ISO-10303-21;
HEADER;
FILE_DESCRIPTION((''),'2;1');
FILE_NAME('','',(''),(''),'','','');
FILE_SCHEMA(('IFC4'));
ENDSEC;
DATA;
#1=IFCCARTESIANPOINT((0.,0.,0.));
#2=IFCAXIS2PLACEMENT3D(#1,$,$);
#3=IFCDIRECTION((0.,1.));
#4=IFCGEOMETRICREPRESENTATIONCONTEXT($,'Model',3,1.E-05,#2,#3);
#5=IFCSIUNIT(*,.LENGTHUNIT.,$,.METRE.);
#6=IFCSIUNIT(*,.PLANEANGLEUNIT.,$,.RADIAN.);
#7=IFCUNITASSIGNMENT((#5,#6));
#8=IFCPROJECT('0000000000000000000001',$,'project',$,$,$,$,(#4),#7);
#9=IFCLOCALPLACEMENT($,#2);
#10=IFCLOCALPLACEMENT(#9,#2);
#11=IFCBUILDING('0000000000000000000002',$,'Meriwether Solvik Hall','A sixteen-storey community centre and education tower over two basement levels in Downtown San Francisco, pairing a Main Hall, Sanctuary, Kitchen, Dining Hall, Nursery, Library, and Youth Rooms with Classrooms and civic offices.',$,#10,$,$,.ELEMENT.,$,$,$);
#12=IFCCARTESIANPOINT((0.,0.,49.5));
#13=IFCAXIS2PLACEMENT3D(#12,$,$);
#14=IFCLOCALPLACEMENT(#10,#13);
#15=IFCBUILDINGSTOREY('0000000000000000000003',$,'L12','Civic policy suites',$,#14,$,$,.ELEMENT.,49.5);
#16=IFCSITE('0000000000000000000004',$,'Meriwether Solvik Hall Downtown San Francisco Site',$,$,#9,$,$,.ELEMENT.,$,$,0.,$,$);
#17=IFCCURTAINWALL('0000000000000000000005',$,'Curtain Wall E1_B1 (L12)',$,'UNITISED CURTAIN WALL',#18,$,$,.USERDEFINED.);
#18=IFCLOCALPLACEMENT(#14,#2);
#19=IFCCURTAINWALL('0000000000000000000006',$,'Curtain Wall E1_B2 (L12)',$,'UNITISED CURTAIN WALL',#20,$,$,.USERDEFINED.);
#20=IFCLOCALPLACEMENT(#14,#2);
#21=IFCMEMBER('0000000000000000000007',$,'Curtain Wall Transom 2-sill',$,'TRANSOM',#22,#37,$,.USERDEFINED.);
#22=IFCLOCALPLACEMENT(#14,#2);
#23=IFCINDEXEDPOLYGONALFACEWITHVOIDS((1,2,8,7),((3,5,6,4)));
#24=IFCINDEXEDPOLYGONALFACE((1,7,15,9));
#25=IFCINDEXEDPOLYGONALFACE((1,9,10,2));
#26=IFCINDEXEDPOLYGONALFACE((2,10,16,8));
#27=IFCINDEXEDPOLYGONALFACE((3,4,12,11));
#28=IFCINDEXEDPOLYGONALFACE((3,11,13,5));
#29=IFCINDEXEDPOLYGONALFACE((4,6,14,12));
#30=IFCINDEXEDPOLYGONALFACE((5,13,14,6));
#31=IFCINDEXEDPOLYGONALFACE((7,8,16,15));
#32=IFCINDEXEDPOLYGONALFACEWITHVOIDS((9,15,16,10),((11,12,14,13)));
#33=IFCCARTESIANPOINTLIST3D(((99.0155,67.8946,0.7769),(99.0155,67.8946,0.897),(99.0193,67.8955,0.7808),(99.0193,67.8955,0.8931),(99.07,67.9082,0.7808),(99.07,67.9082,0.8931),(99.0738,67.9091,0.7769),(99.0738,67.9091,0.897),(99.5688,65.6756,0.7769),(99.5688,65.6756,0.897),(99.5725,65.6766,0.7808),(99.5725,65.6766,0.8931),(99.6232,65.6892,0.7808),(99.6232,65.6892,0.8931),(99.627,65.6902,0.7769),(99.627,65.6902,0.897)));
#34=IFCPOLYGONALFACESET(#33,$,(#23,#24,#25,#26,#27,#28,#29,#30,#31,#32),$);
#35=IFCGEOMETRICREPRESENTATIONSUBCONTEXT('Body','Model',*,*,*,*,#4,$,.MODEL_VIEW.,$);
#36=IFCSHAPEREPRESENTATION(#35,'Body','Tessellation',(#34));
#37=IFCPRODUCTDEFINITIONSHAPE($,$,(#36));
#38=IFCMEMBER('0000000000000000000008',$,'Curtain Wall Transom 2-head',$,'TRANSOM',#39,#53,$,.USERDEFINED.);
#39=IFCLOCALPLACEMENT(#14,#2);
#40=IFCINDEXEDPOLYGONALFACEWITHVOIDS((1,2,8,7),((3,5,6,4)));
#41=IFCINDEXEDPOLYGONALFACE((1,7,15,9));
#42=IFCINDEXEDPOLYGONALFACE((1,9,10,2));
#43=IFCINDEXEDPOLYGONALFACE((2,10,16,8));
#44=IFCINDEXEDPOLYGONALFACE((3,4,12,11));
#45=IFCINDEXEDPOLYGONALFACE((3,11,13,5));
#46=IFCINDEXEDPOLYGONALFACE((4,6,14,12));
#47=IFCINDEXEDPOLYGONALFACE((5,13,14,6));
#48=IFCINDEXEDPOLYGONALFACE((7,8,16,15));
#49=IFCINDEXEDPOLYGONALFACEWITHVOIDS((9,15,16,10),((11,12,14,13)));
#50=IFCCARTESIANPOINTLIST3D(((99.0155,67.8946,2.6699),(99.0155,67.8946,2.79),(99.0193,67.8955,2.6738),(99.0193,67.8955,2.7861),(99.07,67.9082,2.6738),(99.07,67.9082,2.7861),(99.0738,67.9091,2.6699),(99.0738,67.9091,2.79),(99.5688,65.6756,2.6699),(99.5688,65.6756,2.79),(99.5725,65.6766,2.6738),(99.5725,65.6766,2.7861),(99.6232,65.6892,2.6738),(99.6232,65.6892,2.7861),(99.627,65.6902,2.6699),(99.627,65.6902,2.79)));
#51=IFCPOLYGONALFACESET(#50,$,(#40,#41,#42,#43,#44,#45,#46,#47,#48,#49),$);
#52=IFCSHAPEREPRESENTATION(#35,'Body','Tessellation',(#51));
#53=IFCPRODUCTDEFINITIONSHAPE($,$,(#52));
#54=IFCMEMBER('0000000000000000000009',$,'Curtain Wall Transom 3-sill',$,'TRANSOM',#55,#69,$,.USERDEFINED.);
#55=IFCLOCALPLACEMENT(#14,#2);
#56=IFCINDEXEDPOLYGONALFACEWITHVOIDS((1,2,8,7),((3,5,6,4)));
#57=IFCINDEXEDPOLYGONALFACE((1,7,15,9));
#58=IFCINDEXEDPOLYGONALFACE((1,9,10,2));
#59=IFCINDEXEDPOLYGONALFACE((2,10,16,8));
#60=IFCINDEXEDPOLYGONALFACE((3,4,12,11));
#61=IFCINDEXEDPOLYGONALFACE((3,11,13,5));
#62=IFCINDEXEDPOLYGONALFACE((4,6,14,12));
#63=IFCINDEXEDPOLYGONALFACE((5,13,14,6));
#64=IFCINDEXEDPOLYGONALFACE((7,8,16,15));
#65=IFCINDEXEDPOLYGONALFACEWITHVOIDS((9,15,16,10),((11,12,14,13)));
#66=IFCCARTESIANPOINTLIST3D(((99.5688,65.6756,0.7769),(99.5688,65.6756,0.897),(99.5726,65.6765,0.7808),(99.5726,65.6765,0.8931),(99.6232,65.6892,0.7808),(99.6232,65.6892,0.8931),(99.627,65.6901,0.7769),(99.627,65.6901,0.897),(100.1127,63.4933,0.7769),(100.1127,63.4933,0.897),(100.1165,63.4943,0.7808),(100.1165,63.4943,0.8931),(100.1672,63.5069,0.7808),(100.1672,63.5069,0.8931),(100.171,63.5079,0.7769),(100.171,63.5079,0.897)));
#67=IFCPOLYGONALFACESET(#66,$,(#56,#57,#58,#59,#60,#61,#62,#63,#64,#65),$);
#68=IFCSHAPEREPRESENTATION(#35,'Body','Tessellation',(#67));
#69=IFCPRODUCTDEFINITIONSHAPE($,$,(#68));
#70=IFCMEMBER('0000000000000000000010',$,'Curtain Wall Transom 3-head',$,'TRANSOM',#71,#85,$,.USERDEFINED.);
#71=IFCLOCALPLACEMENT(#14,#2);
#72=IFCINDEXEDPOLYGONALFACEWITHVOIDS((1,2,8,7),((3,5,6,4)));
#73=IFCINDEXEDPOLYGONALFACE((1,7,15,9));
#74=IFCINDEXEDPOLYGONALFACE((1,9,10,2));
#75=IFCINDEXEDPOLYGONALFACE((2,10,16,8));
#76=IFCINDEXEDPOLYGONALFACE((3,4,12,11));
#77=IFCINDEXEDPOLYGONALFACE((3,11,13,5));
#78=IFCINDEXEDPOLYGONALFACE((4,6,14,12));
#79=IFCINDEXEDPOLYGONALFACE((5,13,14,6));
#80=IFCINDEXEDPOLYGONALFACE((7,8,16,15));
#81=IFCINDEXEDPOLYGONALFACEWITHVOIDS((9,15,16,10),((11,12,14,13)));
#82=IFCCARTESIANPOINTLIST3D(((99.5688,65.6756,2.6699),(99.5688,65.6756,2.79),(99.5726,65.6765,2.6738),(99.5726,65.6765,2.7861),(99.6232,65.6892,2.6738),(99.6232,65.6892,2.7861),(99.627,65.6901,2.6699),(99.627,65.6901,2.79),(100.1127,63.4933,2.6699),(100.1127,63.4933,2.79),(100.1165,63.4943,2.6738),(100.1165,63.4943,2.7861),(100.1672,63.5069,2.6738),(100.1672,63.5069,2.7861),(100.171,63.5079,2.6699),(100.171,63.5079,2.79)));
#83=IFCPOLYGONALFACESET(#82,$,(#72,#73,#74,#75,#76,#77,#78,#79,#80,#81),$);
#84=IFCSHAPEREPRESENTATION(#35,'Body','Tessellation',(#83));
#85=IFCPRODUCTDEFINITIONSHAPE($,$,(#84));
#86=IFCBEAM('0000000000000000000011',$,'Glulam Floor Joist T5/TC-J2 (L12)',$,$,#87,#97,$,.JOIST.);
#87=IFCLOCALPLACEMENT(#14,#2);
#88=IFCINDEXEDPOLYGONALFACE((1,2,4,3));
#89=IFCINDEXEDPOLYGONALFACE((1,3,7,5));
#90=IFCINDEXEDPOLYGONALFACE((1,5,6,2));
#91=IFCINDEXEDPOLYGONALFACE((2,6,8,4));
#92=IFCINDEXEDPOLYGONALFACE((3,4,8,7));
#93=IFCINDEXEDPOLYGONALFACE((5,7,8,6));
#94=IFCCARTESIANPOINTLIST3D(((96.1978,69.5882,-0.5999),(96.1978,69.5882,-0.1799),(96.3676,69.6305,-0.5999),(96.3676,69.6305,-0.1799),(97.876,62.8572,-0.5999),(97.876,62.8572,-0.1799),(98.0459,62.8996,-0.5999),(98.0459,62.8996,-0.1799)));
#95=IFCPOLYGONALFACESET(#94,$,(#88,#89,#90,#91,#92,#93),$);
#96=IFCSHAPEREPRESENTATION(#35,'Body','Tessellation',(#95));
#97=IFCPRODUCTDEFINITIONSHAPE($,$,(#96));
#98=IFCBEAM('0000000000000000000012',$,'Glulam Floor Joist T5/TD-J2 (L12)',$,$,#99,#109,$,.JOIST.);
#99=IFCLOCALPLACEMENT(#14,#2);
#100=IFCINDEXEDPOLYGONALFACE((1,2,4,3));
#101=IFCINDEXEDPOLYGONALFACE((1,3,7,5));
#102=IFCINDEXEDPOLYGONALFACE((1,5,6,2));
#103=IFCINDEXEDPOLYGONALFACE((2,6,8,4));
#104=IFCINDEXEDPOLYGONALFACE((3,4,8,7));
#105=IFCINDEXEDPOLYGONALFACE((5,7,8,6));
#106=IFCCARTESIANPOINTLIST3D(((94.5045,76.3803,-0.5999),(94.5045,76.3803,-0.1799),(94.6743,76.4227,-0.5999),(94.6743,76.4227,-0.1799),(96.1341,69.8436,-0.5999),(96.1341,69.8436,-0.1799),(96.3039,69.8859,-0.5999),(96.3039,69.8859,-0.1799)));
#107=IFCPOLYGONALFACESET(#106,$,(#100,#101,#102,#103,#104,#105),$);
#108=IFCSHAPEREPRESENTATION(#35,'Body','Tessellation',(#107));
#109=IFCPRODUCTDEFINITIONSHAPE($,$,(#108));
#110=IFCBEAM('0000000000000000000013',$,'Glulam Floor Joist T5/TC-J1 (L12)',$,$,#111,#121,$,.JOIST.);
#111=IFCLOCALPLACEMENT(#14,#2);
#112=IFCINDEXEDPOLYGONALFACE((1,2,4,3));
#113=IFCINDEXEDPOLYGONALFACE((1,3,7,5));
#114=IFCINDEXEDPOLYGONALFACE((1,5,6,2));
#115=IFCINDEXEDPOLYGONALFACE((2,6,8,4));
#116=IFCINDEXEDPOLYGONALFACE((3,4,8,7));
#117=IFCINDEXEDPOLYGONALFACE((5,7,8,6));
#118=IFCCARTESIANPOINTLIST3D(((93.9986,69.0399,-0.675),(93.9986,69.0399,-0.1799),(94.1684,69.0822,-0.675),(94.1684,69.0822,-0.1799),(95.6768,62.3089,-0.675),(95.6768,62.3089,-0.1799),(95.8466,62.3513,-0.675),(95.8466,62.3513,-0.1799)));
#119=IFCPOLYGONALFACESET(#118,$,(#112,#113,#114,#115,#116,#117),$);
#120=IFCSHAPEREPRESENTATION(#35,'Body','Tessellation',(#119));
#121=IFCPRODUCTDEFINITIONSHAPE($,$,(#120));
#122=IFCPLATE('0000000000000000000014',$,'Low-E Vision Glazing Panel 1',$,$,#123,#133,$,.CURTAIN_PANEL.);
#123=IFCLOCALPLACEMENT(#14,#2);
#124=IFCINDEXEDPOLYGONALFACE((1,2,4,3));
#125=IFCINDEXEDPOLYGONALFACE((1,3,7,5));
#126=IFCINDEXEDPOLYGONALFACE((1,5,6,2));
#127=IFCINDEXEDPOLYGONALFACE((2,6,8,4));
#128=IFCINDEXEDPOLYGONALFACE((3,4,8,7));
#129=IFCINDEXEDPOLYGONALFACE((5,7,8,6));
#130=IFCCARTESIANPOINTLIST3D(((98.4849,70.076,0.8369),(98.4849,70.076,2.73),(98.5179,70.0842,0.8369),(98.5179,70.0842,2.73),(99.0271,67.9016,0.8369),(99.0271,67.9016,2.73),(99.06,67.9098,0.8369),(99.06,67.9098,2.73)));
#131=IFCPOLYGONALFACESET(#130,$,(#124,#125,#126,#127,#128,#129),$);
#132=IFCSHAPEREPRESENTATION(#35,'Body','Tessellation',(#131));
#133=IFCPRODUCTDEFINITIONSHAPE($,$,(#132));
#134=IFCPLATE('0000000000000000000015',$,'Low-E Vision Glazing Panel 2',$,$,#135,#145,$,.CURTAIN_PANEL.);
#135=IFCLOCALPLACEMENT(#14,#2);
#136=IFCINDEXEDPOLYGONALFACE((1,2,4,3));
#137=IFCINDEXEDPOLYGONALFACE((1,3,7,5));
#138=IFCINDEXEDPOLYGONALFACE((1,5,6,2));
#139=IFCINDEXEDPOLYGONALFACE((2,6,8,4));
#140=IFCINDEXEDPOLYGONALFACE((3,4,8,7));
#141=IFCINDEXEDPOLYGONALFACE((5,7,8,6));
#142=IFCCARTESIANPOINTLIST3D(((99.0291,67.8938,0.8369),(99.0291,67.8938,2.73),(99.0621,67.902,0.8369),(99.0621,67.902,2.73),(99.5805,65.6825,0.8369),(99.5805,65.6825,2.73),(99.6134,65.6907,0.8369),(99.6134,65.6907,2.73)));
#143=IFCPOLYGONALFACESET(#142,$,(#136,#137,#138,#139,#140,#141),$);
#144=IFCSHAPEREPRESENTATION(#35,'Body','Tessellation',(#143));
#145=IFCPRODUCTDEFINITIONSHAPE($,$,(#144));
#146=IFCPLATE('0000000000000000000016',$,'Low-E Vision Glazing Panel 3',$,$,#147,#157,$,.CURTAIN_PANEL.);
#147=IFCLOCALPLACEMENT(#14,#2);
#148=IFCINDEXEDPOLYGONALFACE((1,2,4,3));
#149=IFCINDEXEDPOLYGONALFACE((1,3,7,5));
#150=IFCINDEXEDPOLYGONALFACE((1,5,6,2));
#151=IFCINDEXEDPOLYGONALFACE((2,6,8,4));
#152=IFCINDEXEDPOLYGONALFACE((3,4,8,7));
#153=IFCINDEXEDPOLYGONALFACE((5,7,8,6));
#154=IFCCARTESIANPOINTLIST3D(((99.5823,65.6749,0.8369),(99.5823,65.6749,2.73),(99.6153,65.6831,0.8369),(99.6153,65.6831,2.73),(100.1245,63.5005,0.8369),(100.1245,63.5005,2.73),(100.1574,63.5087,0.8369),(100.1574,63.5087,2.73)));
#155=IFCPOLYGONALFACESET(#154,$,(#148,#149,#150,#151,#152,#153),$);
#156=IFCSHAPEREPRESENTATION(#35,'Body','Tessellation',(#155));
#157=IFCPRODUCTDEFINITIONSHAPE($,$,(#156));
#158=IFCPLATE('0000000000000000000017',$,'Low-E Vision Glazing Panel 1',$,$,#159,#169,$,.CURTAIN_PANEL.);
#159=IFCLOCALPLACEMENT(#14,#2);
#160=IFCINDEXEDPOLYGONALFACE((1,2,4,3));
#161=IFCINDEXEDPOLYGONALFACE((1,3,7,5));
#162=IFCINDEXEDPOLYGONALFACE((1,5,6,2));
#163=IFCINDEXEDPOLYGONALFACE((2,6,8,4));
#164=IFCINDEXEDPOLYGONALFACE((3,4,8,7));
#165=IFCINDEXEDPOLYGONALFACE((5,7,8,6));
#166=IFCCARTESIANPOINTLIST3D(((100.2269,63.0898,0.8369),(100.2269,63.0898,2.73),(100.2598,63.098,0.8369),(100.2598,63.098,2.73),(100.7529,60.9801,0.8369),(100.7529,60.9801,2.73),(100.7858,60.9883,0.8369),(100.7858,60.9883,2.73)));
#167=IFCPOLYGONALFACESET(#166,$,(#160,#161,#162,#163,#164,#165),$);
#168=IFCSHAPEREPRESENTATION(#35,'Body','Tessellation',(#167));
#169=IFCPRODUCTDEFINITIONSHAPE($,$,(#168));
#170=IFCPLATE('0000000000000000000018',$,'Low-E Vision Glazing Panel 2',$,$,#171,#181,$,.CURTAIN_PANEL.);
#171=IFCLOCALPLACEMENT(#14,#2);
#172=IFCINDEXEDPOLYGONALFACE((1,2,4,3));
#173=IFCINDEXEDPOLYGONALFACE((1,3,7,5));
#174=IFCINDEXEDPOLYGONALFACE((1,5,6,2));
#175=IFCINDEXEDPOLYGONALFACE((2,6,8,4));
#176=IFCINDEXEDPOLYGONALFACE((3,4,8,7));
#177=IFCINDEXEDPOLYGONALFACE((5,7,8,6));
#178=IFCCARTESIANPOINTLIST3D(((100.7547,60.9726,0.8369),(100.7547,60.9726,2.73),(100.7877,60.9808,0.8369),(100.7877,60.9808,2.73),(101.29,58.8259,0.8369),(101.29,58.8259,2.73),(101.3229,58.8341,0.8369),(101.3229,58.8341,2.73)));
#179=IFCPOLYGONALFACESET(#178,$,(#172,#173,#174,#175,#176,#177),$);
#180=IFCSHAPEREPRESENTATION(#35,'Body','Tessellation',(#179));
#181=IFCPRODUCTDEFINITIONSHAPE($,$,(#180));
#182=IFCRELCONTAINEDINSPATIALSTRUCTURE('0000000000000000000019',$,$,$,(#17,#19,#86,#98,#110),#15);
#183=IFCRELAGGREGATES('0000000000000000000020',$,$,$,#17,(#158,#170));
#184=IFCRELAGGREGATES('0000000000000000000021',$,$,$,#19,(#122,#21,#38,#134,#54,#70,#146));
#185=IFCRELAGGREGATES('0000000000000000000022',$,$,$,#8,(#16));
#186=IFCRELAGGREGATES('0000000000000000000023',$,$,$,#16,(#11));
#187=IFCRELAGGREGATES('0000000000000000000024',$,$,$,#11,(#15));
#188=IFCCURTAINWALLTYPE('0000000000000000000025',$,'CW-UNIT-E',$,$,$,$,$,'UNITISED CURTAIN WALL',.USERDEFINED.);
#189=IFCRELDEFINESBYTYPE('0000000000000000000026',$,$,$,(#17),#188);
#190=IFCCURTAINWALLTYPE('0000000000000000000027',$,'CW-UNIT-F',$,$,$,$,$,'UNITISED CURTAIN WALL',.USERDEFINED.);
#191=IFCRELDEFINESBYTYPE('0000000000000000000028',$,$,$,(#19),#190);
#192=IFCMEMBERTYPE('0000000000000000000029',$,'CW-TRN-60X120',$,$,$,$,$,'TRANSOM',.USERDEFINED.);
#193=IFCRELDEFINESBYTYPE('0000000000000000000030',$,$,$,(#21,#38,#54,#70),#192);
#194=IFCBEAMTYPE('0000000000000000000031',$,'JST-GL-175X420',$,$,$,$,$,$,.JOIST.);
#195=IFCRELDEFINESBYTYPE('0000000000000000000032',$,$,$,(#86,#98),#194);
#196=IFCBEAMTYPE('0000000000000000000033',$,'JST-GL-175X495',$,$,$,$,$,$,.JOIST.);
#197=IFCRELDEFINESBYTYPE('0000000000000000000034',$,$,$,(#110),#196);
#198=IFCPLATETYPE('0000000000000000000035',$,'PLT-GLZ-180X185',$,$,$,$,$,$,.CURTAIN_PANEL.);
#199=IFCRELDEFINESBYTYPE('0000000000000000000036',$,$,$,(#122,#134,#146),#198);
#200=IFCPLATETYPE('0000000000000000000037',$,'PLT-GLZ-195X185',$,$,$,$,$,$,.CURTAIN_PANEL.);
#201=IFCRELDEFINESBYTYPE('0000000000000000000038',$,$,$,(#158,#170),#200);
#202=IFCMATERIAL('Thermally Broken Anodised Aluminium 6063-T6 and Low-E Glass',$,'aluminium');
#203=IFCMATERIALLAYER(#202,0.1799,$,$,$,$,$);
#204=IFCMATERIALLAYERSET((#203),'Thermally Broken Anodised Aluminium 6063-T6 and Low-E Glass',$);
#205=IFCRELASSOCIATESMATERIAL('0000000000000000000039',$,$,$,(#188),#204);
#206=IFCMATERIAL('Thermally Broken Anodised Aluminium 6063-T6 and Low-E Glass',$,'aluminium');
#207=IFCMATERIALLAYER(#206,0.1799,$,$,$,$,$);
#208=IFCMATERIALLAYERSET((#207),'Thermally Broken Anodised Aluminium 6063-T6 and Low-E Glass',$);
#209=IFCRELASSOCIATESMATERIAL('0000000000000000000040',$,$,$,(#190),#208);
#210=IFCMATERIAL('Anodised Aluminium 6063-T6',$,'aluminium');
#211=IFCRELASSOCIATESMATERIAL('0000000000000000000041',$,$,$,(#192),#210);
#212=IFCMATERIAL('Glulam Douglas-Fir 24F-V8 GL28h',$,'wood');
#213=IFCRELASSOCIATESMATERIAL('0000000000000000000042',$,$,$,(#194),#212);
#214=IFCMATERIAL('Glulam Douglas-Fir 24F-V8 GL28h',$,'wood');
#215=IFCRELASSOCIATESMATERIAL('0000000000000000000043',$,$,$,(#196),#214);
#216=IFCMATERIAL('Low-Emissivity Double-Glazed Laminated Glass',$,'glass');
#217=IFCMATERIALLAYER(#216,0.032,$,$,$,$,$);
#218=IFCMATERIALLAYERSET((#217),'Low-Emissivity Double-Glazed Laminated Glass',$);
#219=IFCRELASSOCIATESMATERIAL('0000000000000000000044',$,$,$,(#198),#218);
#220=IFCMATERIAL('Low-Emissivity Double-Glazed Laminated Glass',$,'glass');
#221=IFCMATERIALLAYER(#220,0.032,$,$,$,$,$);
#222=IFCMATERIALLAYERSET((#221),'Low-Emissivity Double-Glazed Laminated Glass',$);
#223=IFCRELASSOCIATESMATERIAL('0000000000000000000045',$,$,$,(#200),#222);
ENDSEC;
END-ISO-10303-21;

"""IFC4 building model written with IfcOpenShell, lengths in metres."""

from ifc_helpers import new_model, si_unit, direction, frame, origin, origin_2d, place, context, subcontext, project, spatial, rectangle, hollow_rectangle, extrude, material, layer, layer_set, material_profile, profile_set, type_object, element, aggregate, save


model = new_model("IFC4")

# Units and contexts
model_context = context("Model", 3, precision=1e-05, world=origin(), true_north=direction((0.0, 1.0)))
body_context = subcontext(model_context, "Body", "Model", "MODEL_VIEW")
ifc_project = project(units=[si_unit("LENGTHUNIT", "METRE"), si_unit("PLANEANGLEUNIT", "RADIAN")], contexts=[model_context])

# Site, building, storey
site_placement = place(None, origin())
site = spatial("IfcSite", under=ifc_project, at=site_placement, Name="Meriwether Solvik Hall Downtown San Francisco Site", CompositionType="ELEMENT", RefElevation=0.0)
building_placement = place(site_placement, origin())
building = spatial("IfcBuilding", under=site, at=building_placement, Name="Meriwether Solvik Hall", Description="A sixteen-storey community centre and education tower over two basement levels in Downtown San Francisco, pairing a Main Hall, Sanctuary, Kitchen, Dining Hall, Nursery, Library, and Youth Rooms with Classrooms and civic offices.", CompositionType="ELEMENT")
storey_placement = place(building_placement, frame((0.0, 0.0, 49.5)))
storey = spatial("IfcBuildingStorey", under=building, at=storey_placement, Name="L12", Description="Civic policy suites", CompositionType="ELEMENT", Elevation=49.5)

# Curtain walls
ifc_material_1 = material(Name="Thermally Broken Anodised Aluminium 6063-T6 and Low-E Glass", Category="aluminium")
ifc_layer_1 = layer(ifc_material_1, 0.1799)
ifc_layer_set_1 = layer_set([ifc_layer_1], Name="Thermally Broken Anodised Aluminium 6063-T6 and Low-E Glass")
curtain_wall_type_1 = type_object("IfcCurtainWallType", Name="CW-UNIT-E", ElementType="UNITISED CURTAIN WALL", PredefinedType="USERDEFINED", material=ifc_layer_set_1)
curtain_wall_1_placement = place(storey_placement, origin())
curtain_wall_1 = element("IfcCurtainWall", 1, at=curtain_wall_1_placement, inside=storey, type_object=curtain_wall_type_1, Name="Curtain Wall E1_B1 (L12)", ObjectType="UNITISED CURTAIN WALL", PredefinedType="USERDEFINED")
ifc_material_2 = material(Name="Thermally Broken Anodised Aluminium 6063-T6 and Low-E Glass", Category="aluminium")
ifc_layer_2 = layer(ifc_material_2, 0.1799)
ifc_layer_set_2 = layer_set([ifc_layer_2], Name="Thermally Broken Anodised Aluminium 6063-T6 and Low-E Glass")
curtain_wall_type_2 = type_object("IfcCurtainWallType", Name="CW-UNIT-F", ElementType="UNITISED CURTAIN WALL", PredefinedType="USERDEFINED", material=ifc_layer_set_2)
curtain_wall_2_placement = place(storey_placement, origin())
curtain_wall_2 = element("IfcCurtainWall", 2, at=curtain_wall_2_placement, inside=storey, type_object=curtain_wall_type_2, Name="Curtain Wall E1_B2 (L12)", ObjectType="UNITISED CURTAIN WALL", PredefinedType="USERDEFINED")

# Members
ifc_material_3 = material(Name="Anodised Aluminium 6063-T6", Category="aluminium")
ifc_material_profile_1 = material_profile(ifc_material_3, hollow_rectangle(XDim=0.0601, YDim=0.1201, WallThickness=0.0039, at=origin_2d()), Name="CWT-60X120")
ifc_profile_set_1 = profile_set([ifc_material_profile_1], Name="Anodised Aluminium 6063-T6")
member_type_1 = type_object("IfcMemberType", Name="CW-TRN-60X120", ElementType="TRANSOM", PredefinedType="USERDEFINED", material=ifc_profile_set_1)
member_1_placement = place(storey_placement, frame((99.0447, 67.9019, 0.8369), z_axis=(0.241908, -0.970299, 0.0), x_axis=(0.970299, 0.241908, 0.0)))
member_1 = element("IfcMember", 3, at=member_1_placement, type_object=member_type_1, Name="Curtain Wall Transom 2-sill", ObjectType="TRANSOM", PredefinedType="USERDEFINED", context=body_context, shape_type="SweptSolid", body=[
    extrude(hollow_rectangle(XDim=0.0601, YDim=0.1201, WallThickness=0.0039, at=origin_2d()), origin(), (0.0, 0.0, 1.0), 2.2869),
])
member_2_placement = place(storey_placement, frame((99.0447, 67.9019, 2.73), z_axis=(0.241908, -0.970299, 0.0), x_axis=(0.970299, 0.241908, 0.0)))
member_2 = element("IfcMember", 4, at=member_2_placement, type_object=member_type_1, Name="Curtain Wall Transom 2-head", ObjectType="TRANSOM", PredefinedType="USERDEFINED", context=body_context, shape_type="SweptSolid", body=[
    extrude(hollow_rectangle(XDim=0.0601, YDim=0.1201, WallThickness=0.0039, at=origin_2d()), origin(), (0.0, 0.0, 1.0), 2.2869),
])
member_3_placement = place(storey_placement, frame((99.5979, 65.6829, 0.8369), z_axis=(0.241846, -0.970315, 0.0), x_axis=(0.970315, 0.241846, 0.0)))
member_3 = element("IfcMember", 5, at=member_3_placement, type_object=member_type_1, Name="Curtain Wall Transom 3-sill", ObjectType="TRANSOM", PredefinedType="USERDEFINED", context=body_context, shape_type="SweptSolid", body=[
    extrude(hollow_rectangle(XDim=0.0601, YDim=0.1201, WallThickness=0.0039, at=origin_2d()), origin(), (0.0, 0.0, 1.0), 2.249),
])
member_4_placement = place(storey_placement, frame((99.5979, 65.6829, 2.73), z_axis=(0.241846, -0.970315, 0.0), x_axis=(0.970315, 0.241846, 0.0)))
member_4 = element("IfcMember", 6, at=member_4_placement, type_object=member_type_1, Name="Curtain Wall Transom 3-head", ObjectType="TRANSOM", PredefinedType="USERDEFINED", context=body_context, shape_type="SweptSolid", body=[
    extrude(hollow_rectangle(XDim=0.0601, YDim=0.1201, WallThickness=0.0039, at=origin_2d()), origin(), (0.0, 0.0, 1.0), 2.249),
])

# Beams
ifc_material_4 = material(Name="Glulam Douglas-Fir 24F-V8 GL28h", Category="wood")
ifc_material_profile_2 = material_profile(ifc_material_4, rectangle(XDim=0.175, YDim=0.4199, at=origin_2d()), Name="GLJ-175X420")
ifc_profile_set_2 = profile_set([ifc_material_profile_2], Name="Glulam Douglas-Fir 24F-V8 GL28h")
beam_type_1 = type_object("IfcBeamType", Name="JST-GL-175X420", PredefinedType="JOIST", material=ifc_profile_set_2)
beam_1_placement = place(storey_placement, frame((97.9609, 62.8784, -0.3899), z_axis=(-0.241923, 0.970296, 0.0), x_axis=(-0.970296, -0.241923, 0.0)))
element("IfcBeam", 7, at=beam_1_placement, inside=storey, type_object=beam_type_1, Name="Glulam Floor Joist T5/TC-J2 (L12)", PredefinedType="JOIST", context=body_context, shape_type="SweptSolid", body=[
    extrude(rectangle(XDim=0.175, YDim=0.4199, at=origin_2d()), origin(), (0.0, 0.0, 1.0), 6.937),
])
beam_2_placement = place(storey_placement, frame((96.219, 69.8647, -0.3899), z_axis=(-0.241896, 0.970302, 0.0), x_axis=(-0.970302, -0.241896, 0.0)))
element("IfcBeam", 8, at=beam_2_placement, inside=storey, type_object=beam_type_1, Name="Glulam Floor Joist T5/TD-J2 (L12)", PredefinedType="JOIST", context=body_context, shape_type="SweptSolid", body=[
    extrude(rectangle(XDim=0.175, YDim=0.4199, at=origin_2d()), origin(), (0.0, 0.0, 1.0), 6.7368),
])
ifc_material_5 = material(Name="Glulam Douglas-Fir 24F-V8 GL28h", Category="wood")
ifc_material_profile_3 = material_profile(ifc_material_5, rectangle(XDim=0.175, YDim=0.4951, at=origin_2d()), Name="GLJ-175X495")
ifc_profile_set_3 = profile_set([ifc_material_profile_3], Name="Glulam Douglas-Fir 24F-V8 GL28h")
beam_type_2 = type_object("IfcBeamType", Name="JST-GL-175X495", PredefinedType="JOIST", material=ifc_profile_set_3)
beam_3_placement = place(storey_placement, frame((95.7617, 62.3301, -0.4275), z_axis=(-0.241923, 0.970296, 0.0), x_axis=(-0.970296, -0.241923, 0.0)))
element("IfcBeam", 9, at=beam_3_placement, inside=storey, type_object=beam_type_2, Name="Glulam Floor Joist T5/TC-J1 (L12)", PredefinedType="JOIST", context=body_context, shape_type="SweptSolid", body=[
    extrude(rectangle(XDim=0.175, YDim=0.4951, at=origin_2d()), origin(), (0.0, 0.0, 1.0), 6.937),
])

# Plates
ifc_material_6 = material(Name="Low-Emissivity Double-Glazed Laminated Glass", Category="glass")
ifc_layer_3 = layer(ifc_material_6, 0.032)
ifc_layer_set_3 = layer_set([ifc_layer_3], Name="Low-Emissivity Double-Glazed Laminated Glass")
plate_type_1 = type_object("IfcPlateType", Name="PLT-GLZ-180X185", PredefinedType="CURTAIN_PANEL", material=ifc_layer_set_3)
plate_1_placement = place(storey_placement, frame((98.7725, 68.9929, 0.8369), z_axis=(0.0, 0.0, 1.0), x_axis=(0.241922, -0.970296, 0.0)))
plate_1 = element("IfcPlate", 10, at=plate_1_placement, type_object=plate_type_1, Name="Low-E Vision Glazing Panel 1", PredefinedType="CURTAIN_PANEL", context=body_context, shape_type="SweptSolid", body=[
    extrude(rectangle(XDim=2.241, YDim=0.0339, at=origin_2d()), origin(), (0.0, 0.0, 1.0), 1.8931),
])
plate_2_placement = place(storey_placement, frame((99.3213, 66.7922, 0.8369), z_axis=(0.0, 0.0, 1.0), x_axis=(0.241922, -0.970296, 0.0)))
plate_2 = element("IfcPlate", 11, at=plate_2_placement, type_object=plate_type_1, Name="Low-E Vision Glazing Panel 2", PredefinedType="CURTAIN_PANEL", context=body_context, shape_type="SweptSolid", body=[
    extrude(rectangle(XDim=2.2791, YDim=0.0339, at=origin_2d()), origin(), (0.0, 0.0, 1.0), 1.8931),
])
plate_3_placement = place(storey_placement, frame((99.8699, 64.5918, 0.8369), z_axis=(0.0, 0.0, 1.0), x_axis=(0.241922, -0.970296, 0.0)))
plate_3 = element("IfcPlate", 12, at=plate_3_placement, type_object=plate_type_1, Name="Low-E Vision Glazing Panel 3", PredefinedType="CURTAIN_PANEL", context=body_context, shape_type="SweptSolid", body=[
    extrude(rectangle(XDim=2.241, YDim=0.0339, at=origin_2d()), origin(), (0.0, 0.0, 1.0), 1.8931),
])
ifc_material_7 = material(Name="Low-Emissivity Double-Glazed Laminated Glass", Category="glass")
ifc_layer_4 = layer(ifc_material_7, 0.032)
ifc_layer_set_4 = layer_set([ifc_layer_4], Name="Low-Emissivity Double-Glazed Laminated Glass")
plate_type_2 = type_object("IfcPlateType", Name="PLT-GLZ-195X185", PredefinedType="CURTAIN_PANEL", material=ifc_layer_set_4)
plate_4_placement = place(storey_placement, frame((100.5063, 62.0391, 0.8369), z_axis=(0.0, 0.0, 1.0), x_axis=(0.241922, -0.970296, 0.0)))
plate_4 = element("IfcPlate", 13, at=plate_4_placement, type_object=plate_type_2, Name="Low-E Vision Glazing Panel 1", PredefinedType="CURTAIN_PANEL", context=body_context, shape_type="SweptSolid", body=[
    extrude(rectangle(XDim=2.1743, YDim=0.0339, at=origin_2d()), origin(), (0.0, 0.0, 1.0), 1.8931),
])
plate_5_placement = place(storey_placement, frame((101.0388, 59.9033, 0.8369), z_axis=(0.0, 0.0, 1.0), x_axis=(0.241922, -0.970296, 0.0)))
plate_5 = element("IfcPlate", 14, at=plate_5_placement, type_object=plate_type_2, Name="Low-E Vision Glazing Panel 2", PredefinedType="CURTAIN_PANEL", context=body_context, shape_type="SweptSolid", body=[
    extrude(rectangle(XDim=2.2124, YDim=0.0339, at=origin_2d()), origin(), (0.0, 0.0, 1.0), 1.8931),
])
aggregate(curtain_wall_1, [plate_4, plate_5])
aggregate(curtain_wall_2, [plate_1, member_1, member_2, plate_2, member_3, member_4, plate_3])

save(model, "model.ifc")
